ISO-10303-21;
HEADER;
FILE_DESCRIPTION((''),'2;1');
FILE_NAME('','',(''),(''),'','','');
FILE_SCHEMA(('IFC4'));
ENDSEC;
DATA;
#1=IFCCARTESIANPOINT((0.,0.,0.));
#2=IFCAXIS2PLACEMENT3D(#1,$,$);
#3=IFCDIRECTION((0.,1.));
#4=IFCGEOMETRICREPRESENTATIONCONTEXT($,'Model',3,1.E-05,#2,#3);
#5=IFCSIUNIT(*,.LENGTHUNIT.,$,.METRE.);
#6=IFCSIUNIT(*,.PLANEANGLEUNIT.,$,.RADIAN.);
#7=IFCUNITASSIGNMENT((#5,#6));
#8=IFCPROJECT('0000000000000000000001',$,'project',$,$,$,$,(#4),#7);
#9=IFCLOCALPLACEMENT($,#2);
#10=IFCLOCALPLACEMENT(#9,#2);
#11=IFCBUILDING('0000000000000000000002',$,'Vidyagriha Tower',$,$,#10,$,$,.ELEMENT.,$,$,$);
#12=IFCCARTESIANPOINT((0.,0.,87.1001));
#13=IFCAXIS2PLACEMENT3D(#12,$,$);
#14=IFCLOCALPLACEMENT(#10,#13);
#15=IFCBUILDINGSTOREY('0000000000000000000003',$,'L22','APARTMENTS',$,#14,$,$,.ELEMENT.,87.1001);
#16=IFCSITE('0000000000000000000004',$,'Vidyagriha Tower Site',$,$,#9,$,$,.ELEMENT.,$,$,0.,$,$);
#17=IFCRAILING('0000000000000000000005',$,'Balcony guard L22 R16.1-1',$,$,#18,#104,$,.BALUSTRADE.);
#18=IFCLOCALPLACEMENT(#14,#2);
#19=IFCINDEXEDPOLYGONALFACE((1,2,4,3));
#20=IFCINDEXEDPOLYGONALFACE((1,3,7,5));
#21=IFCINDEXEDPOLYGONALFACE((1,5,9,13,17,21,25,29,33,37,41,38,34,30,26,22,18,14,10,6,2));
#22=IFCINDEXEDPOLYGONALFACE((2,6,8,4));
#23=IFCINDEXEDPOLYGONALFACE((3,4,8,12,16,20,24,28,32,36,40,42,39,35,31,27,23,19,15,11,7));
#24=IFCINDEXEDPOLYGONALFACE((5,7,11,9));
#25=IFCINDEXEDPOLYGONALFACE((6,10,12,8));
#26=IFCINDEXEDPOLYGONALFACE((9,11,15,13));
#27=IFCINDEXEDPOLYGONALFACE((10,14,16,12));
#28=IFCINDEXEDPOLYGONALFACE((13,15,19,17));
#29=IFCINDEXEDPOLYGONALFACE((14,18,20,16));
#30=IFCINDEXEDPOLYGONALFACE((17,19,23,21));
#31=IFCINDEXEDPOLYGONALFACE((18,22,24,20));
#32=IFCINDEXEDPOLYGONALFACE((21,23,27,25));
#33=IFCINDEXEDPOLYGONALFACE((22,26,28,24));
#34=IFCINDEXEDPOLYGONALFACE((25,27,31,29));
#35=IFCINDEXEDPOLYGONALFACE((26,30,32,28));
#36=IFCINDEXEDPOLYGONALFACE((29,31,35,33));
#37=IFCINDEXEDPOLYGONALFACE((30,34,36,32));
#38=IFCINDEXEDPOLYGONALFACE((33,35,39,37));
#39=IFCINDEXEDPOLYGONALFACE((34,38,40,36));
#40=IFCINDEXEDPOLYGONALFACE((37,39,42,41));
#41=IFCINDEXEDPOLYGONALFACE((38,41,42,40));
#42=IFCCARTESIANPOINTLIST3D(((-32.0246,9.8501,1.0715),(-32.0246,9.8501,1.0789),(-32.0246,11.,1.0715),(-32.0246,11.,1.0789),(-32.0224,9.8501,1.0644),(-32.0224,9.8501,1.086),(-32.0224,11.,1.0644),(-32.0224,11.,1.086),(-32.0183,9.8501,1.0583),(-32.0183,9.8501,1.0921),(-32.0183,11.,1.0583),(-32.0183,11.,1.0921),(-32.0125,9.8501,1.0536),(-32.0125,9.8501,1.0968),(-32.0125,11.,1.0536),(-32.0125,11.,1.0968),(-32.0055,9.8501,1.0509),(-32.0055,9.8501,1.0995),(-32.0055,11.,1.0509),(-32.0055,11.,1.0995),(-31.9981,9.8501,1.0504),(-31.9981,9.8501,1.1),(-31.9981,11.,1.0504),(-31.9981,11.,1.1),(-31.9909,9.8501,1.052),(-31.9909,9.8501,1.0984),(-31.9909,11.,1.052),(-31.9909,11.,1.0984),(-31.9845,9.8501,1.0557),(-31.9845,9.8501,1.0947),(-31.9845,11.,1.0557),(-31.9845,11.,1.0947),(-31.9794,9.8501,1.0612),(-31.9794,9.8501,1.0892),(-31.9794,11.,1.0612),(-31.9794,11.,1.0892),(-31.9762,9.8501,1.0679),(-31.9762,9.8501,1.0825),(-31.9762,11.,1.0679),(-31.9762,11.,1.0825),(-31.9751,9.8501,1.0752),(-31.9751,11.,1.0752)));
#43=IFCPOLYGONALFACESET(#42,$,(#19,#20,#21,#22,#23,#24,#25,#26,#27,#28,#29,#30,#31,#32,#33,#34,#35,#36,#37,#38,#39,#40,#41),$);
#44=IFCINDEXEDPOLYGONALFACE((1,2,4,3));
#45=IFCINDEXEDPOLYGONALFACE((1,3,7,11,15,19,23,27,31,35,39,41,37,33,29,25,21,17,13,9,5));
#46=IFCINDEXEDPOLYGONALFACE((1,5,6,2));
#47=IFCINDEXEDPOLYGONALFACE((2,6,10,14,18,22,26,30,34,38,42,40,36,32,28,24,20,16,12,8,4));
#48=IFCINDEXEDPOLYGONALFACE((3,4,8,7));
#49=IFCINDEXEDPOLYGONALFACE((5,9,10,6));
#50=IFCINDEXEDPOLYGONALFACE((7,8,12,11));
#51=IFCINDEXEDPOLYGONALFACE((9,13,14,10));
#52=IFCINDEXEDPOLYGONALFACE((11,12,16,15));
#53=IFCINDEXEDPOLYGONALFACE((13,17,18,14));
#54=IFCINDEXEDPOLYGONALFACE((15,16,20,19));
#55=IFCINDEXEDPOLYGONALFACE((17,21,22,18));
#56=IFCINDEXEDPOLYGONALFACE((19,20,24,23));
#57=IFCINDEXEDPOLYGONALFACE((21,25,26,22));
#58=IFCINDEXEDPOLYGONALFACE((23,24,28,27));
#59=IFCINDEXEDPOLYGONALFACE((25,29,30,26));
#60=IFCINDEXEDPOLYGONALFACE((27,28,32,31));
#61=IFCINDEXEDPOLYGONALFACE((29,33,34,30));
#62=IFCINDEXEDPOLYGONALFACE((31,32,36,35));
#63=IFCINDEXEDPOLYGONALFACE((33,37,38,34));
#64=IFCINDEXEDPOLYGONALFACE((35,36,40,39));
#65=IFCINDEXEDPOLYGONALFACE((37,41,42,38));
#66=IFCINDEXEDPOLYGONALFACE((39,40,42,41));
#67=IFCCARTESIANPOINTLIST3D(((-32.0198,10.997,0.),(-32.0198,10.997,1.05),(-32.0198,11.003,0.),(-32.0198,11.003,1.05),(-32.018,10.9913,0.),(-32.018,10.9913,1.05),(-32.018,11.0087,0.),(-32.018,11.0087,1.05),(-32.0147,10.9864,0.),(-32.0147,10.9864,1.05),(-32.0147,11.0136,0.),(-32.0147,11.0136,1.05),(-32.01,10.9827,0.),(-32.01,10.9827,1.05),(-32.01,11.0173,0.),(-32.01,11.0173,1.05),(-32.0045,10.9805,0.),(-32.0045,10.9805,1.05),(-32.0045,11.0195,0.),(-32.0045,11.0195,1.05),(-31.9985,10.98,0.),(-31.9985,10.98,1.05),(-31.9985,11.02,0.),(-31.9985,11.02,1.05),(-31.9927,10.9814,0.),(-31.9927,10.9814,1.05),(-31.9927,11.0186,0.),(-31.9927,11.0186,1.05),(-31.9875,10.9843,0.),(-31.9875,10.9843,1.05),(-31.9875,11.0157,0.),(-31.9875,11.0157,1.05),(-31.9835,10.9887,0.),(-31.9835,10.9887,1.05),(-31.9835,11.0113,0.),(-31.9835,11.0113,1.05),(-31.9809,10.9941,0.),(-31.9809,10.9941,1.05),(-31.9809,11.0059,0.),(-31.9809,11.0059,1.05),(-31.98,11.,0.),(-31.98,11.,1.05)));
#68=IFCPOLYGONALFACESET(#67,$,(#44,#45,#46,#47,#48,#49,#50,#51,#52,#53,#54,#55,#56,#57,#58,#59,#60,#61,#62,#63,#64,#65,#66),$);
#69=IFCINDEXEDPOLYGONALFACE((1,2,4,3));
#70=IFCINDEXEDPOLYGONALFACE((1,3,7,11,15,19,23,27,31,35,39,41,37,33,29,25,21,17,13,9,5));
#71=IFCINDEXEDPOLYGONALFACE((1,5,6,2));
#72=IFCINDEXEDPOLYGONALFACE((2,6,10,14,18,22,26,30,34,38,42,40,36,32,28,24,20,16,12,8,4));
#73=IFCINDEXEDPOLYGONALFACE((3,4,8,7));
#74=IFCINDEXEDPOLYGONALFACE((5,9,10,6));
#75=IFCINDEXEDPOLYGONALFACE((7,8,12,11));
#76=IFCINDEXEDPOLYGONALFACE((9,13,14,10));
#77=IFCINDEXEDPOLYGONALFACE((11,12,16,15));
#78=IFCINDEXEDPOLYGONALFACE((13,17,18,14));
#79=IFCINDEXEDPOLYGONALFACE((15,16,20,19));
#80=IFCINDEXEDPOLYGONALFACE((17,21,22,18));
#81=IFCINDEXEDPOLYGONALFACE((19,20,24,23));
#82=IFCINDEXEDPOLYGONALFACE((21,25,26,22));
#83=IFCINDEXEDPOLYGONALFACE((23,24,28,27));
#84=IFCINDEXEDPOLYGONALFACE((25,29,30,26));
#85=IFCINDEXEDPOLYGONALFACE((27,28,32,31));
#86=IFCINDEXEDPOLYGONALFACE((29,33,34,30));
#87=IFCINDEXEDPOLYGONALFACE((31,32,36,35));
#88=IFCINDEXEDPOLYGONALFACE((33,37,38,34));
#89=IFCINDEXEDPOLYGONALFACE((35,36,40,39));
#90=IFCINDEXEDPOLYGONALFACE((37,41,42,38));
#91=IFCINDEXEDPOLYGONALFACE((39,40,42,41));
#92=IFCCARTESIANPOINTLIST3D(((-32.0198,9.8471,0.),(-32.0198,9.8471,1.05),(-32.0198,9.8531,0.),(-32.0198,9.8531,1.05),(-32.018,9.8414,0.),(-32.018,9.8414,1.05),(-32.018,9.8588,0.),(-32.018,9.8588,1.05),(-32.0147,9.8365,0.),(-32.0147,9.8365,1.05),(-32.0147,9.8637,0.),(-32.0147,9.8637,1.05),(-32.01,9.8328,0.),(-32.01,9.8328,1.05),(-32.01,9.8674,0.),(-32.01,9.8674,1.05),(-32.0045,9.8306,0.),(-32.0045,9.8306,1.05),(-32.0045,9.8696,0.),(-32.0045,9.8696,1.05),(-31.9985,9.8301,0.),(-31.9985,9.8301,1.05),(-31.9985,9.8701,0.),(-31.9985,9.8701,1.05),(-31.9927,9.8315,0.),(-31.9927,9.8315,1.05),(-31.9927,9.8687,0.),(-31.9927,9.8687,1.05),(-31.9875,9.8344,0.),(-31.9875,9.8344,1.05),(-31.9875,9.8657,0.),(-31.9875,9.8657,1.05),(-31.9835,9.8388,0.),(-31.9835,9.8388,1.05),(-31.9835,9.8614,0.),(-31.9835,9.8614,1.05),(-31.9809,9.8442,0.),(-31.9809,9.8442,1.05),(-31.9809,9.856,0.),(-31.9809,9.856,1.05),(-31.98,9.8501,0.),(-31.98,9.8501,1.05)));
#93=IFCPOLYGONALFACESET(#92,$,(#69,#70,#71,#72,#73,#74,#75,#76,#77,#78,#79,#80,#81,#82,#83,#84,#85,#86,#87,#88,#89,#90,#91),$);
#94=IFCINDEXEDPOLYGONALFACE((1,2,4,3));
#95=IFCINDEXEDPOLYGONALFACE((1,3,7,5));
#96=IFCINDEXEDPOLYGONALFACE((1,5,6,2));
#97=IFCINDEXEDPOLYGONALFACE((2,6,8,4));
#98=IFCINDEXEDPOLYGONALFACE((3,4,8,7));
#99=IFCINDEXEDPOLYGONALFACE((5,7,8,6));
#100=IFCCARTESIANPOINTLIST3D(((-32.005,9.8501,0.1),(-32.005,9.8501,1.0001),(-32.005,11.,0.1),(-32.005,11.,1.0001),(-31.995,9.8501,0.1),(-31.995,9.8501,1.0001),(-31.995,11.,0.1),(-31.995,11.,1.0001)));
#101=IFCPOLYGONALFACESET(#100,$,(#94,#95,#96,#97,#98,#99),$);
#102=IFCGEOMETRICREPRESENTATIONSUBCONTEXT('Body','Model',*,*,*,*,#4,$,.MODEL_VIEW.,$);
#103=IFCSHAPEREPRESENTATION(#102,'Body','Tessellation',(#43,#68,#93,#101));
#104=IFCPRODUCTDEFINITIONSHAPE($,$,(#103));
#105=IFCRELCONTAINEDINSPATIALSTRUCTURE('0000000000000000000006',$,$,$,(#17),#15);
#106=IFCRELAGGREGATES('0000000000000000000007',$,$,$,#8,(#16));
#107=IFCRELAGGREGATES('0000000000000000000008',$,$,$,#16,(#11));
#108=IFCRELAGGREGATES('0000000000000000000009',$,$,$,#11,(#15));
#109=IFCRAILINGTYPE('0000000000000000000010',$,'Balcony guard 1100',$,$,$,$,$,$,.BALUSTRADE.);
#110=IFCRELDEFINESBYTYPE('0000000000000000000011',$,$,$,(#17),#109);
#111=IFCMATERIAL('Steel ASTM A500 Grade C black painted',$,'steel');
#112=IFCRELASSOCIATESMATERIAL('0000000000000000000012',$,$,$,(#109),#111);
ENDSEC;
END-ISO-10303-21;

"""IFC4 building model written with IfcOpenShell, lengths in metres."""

from ifc_helpers import new_model, si_unit, direction, frame, origin, origin_2d, place, context, subcontext, project, spatial, rectangle, circle, extrude, material, type_object, element, save


model = new_model("IFC4")

# Units and contexts
model_context = context("Model", 3, precision=1e-05, world=origin(), true_north=direction((0.0, 1.0)))
body_context = subcontext(model_context, "Body", "Model", "MODEL_VIEW")
ifc_project = project(units=[si_unit("LENGTHUNIT", "METRE"), si_unit("PLANEANGLEUNIT", "RADIAN")], contexts=[model_context])

# Site, building, storey
site_placement = place(None, origin())
site = spatial("IfcSite", under=ifc_project, at=site_placement, Name="Vidyagriha Tower Site", CompositionType="ELEMENT", RefElevation=0.0)
building_placement = place(site_placement, origin())
building = spatial("IfcBuilding", under=site, at=building_placement, Name="Vidyagriha Tower", CompositionType="ELEMENT")
storey_placement = place(building_placement, frame((0.0, 0.0, 87.1001)))
storey = spatial("IfcBuildingStorey", under=building, at=storey_placement, Name="L22", Description="APARTMENTS", CompositionType="ELEMENT", Elevation=87.1001)

# Railing
ifc_material_1 = material(Name="Steel ASTM A500 Grade C black painted", Category="steel")
railing_type_1 = type_object("IfcRailingType", Name="Balcony guard 1100", PredefinedType="BALUSTRADE", material=ifc_material_1)
railing_1_placement = place(storey_placement, frame((-32.0, 11.0, 0.0)))
element("IfcRailing", 1, at=railing_1_placement, inside=storey, type_object=railing_type_1, Name="Balcony guard L22 R16.1-1", PredefinedType="BALUSTRADE", context=body_context, shape_type="SweptSolid", body=[
    extrude(circle(Radius=0.0249, at=origin_2d()), frame((0.0, 0.0, 1.0752), z_axis=(0.0, -1.0, 0.0), x_axis=(1.0, 0.0, 0.0)), (0.0, 0.0, 1.0), 1.1499),
    extrude(circle(Radius=0.02, at=origin_2d()), origin(), (0.0, 0.0, 1.0), 1.05),
    extrude(circle(Radius=0.02, at=origin_2d()), frame((0.0, -1.1499, 0.0)), (0.0, 0.0, 1.0), 1.05),
    extrude(rectangle(XDim=0.01, YDim=0.9001, at=origin_2d()), frame((0.0, 0.0, 0.55), z_axis=(0.0, -1.0, 0.0), x_axis=(1.0, 0.0, 0.0)), (0.0, 0.0, 1.0), 1.1499),
])

save(model, "model.ifc")
